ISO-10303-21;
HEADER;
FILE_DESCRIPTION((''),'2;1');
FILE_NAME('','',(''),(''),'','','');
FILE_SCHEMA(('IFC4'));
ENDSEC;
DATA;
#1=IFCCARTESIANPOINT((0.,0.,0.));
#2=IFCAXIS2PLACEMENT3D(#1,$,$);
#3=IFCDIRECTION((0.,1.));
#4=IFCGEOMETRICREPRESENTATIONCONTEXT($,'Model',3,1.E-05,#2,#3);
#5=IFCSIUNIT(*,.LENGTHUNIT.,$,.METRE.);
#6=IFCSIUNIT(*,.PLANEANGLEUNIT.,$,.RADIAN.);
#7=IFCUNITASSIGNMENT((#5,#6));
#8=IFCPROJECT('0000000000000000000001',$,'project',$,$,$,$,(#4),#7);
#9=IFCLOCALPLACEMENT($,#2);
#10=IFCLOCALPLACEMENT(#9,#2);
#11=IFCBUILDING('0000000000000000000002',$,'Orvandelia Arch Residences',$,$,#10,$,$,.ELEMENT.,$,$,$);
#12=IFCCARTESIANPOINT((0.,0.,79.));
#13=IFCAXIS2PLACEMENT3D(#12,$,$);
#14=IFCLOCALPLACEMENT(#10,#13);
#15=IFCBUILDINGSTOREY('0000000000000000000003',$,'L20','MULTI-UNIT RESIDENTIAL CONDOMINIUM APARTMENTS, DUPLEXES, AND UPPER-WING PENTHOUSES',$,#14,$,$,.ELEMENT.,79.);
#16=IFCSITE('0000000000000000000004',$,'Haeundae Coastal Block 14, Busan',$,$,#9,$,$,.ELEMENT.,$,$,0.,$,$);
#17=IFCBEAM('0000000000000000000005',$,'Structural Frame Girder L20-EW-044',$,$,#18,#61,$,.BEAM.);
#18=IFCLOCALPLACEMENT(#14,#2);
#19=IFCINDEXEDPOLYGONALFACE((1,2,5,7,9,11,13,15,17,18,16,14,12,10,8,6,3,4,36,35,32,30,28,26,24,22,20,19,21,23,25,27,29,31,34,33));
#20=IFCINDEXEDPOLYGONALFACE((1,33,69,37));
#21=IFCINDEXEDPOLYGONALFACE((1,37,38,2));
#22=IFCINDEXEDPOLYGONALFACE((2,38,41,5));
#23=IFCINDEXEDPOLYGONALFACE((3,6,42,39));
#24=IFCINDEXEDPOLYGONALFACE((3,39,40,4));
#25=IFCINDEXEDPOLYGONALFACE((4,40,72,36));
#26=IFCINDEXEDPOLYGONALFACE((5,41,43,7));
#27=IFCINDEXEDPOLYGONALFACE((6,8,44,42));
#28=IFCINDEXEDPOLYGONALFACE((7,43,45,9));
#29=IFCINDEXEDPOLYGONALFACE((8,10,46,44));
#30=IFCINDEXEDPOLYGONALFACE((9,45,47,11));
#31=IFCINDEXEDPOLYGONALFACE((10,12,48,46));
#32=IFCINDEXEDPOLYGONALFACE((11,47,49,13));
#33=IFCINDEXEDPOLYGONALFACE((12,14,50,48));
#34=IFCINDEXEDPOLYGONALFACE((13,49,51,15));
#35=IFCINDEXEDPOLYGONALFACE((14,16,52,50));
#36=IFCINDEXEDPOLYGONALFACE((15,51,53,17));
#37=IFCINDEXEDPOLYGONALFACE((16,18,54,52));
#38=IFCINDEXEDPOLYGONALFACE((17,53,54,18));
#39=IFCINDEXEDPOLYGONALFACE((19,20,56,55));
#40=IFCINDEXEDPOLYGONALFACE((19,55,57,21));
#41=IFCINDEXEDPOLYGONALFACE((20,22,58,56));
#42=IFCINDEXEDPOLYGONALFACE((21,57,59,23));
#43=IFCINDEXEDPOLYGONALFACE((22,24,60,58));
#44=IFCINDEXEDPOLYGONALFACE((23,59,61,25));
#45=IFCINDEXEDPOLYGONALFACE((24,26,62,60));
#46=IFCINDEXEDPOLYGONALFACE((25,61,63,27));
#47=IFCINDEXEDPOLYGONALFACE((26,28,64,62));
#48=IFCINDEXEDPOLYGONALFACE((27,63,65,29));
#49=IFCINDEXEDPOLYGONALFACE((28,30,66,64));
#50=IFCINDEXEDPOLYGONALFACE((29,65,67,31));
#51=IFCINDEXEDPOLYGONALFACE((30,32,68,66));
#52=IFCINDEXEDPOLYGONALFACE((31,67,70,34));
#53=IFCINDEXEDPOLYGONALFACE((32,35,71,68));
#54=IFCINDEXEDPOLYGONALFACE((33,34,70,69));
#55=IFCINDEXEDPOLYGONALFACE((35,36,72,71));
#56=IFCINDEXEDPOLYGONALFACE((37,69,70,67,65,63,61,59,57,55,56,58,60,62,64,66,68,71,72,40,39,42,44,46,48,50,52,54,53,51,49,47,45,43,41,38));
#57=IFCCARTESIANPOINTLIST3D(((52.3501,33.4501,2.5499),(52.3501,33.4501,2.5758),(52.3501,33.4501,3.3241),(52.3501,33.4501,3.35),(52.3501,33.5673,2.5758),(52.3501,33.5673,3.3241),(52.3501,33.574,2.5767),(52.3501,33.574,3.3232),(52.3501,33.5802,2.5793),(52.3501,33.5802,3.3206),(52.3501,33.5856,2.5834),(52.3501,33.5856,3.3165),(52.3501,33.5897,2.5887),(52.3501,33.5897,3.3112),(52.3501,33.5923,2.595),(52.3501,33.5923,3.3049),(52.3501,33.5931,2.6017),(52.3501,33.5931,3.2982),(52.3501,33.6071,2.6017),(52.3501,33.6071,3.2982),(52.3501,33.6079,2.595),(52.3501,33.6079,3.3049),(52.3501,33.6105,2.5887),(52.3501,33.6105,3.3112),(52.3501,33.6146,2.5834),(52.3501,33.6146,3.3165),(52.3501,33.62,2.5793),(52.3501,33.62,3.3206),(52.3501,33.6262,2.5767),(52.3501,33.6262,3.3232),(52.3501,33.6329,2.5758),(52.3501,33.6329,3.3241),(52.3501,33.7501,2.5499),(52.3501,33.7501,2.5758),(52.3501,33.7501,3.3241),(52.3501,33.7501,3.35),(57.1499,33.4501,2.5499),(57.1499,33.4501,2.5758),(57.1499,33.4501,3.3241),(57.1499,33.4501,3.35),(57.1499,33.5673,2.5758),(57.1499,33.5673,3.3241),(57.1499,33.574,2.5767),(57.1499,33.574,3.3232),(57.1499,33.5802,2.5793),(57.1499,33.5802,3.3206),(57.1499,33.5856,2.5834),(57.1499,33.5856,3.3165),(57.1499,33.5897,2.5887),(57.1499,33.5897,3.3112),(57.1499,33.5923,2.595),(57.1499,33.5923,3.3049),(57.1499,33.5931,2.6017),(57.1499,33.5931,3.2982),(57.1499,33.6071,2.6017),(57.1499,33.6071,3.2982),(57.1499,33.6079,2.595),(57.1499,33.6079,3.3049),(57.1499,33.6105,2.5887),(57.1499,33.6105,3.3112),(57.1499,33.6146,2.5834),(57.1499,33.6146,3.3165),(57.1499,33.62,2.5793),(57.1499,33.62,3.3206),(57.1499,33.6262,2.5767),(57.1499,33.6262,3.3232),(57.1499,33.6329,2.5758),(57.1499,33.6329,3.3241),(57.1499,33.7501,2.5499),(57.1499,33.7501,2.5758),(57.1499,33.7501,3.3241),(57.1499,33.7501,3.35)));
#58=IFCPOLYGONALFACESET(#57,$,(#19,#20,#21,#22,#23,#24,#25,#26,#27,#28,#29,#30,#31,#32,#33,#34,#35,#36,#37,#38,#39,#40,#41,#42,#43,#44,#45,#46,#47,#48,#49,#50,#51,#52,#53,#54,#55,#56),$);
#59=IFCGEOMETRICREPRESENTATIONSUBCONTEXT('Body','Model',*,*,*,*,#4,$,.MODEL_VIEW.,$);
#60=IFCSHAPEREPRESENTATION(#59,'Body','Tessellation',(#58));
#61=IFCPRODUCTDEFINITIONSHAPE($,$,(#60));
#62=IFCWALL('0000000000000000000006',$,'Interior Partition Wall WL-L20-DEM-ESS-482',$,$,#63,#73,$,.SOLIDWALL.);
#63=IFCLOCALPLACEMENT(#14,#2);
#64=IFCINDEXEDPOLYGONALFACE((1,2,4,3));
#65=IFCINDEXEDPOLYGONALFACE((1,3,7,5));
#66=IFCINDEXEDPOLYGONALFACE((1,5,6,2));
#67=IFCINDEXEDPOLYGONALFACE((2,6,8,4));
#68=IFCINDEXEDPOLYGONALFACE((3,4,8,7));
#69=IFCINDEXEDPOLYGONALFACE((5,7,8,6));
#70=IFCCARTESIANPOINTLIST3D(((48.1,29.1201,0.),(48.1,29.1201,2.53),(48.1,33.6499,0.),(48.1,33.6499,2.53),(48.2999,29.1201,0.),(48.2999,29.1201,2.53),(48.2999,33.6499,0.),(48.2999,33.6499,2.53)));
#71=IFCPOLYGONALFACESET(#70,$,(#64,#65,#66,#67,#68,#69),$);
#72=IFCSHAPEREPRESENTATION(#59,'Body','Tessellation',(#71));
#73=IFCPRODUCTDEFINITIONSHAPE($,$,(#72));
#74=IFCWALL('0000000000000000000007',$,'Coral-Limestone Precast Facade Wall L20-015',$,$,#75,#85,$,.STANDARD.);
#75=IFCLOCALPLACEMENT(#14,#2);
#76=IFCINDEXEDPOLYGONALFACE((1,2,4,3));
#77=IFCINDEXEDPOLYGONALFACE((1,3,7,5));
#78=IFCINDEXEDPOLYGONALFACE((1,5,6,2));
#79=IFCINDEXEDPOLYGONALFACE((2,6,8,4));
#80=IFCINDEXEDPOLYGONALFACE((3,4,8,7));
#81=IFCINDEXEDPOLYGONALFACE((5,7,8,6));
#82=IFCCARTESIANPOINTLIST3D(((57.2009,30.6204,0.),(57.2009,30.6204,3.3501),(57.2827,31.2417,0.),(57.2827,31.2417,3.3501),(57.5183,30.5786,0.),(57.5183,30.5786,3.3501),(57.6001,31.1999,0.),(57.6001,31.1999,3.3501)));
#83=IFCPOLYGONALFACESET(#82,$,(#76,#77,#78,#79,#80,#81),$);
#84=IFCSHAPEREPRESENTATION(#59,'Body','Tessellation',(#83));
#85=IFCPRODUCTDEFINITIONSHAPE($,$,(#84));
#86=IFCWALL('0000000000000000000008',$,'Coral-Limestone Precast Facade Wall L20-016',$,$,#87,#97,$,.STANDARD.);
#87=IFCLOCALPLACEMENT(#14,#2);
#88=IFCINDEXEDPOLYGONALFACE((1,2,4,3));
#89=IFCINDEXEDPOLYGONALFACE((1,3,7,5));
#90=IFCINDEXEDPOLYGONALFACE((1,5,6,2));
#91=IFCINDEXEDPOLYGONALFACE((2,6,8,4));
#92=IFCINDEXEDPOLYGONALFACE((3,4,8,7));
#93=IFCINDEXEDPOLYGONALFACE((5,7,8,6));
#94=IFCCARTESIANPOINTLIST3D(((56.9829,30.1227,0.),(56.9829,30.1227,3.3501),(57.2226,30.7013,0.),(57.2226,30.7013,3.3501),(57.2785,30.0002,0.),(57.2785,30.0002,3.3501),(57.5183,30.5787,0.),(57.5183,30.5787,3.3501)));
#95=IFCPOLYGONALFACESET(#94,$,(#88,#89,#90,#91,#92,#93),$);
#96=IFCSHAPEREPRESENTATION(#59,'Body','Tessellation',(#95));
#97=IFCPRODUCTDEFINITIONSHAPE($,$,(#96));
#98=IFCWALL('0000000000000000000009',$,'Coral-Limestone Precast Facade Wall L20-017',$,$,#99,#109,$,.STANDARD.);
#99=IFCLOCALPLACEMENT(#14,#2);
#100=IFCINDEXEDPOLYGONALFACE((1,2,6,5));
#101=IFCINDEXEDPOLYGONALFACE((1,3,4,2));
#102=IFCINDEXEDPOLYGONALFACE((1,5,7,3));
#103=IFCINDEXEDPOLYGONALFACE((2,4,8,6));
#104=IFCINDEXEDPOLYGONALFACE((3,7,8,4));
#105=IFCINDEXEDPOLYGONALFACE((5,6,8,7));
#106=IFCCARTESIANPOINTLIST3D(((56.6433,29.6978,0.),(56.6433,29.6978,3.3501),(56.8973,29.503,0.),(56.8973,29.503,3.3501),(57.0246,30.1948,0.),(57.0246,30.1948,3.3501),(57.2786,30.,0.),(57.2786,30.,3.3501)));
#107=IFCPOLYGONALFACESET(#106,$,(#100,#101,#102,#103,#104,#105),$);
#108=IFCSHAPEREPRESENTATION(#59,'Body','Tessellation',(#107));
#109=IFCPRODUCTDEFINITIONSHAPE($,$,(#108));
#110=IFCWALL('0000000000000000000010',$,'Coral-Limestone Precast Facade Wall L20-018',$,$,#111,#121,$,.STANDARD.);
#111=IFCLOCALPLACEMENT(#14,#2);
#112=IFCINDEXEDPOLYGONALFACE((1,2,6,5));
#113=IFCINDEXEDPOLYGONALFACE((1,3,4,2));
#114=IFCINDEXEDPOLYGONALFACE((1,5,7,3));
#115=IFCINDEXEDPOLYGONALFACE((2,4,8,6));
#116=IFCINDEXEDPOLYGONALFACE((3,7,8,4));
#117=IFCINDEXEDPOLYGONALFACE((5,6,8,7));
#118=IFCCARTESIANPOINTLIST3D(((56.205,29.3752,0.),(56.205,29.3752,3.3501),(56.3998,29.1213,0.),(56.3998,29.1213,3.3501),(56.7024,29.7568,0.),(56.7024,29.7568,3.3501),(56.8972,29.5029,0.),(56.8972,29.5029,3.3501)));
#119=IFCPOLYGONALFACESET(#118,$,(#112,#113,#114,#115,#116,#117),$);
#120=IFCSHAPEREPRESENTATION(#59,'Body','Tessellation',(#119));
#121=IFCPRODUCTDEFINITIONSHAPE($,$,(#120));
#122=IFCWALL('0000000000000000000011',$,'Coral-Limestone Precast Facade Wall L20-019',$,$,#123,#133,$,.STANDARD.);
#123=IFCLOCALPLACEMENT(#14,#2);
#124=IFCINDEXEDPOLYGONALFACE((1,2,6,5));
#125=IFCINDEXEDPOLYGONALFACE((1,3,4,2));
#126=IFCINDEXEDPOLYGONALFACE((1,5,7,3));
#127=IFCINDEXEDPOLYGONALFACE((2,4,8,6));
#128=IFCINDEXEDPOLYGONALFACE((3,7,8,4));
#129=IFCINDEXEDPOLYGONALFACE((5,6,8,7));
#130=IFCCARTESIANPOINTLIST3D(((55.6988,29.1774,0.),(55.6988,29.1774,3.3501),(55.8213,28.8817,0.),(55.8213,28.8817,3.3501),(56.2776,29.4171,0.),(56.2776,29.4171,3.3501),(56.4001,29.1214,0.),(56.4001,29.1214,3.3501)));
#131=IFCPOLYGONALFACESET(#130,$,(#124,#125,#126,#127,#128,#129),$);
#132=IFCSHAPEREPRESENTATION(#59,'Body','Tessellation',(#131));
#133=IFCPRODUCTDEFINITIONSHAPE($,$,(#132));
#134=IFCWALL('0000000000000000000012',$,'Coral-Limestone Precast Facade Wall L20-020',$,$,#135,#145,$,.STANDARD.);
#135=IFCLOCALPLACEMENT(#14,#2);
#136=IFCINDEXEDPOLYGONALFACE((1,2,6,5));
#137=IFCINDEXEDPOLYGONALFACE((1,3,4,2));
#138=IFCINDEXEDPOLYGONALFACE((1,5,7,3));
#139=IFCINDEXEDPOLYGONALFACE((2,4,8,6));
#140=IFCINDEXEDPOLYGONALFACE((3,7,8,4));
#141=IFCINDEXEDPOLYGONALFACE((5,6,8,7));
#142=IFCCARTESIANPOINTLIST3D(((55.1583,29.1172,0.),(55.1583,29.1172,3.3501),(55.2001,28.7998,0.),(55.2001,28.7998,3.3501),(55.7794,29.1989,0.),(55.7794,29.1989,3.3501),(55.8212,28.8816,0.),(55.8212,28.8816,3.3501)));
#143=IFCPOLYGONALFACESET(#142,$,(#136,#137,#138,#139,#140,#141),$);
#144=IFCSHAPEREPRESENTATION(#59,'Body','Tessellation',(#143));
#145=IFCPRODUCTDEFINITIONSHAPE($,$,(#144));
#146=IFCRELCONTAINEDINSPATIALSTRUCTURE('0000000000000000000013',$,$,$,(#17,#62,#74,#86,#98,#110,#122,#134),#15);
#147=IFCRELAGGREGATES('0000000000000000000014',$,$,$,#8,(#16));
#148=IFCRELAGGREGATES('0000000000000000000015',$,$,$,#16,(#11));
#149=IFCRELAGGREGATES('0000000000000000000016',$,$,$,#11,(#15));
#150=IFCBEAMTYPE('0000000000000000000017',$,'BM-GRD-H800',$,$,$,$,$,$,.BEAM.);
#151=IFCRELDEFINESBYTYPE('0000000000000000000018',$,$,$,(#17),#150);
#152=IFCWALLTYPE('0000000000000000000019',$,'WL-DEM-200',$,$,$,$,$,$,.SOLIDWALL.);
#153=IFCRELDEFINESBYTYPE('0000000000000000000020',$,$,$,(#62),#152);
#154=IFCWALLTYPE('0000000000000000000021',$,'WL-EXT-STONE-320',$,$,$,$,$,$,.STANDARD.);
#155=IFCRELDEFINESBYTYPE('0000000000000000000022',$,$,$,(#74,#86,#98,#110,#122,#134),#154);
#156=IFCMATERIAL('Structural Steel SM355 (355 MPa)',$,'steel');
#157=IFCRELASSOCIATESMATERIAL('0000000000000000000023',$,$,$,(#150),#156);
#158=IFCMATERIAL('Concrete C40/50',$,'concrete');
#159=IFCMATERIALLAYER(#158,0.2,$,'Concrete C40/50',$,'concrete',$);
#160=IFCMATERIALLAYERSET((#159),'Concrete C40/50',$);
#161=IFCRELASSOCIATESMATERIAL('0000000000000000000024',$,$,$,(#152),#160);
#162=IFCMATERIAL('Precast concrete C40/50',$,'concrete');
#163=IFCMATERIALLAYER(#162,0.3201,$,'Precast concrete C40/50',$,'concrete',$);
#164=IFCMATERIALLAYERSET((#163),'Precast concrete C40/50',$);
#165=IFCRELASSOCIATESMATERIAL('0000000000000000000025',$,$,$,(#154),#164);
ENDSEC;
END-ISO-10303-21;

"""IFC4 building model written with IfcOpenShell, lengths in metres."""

from ifc_helpers import new_model, si_unit, direction, frame, frame_2d, origin, origin_2d, place, context, subcontext, project, spatial, rectangle, i_section, extrude, material, layer, layer_set, material_profile, profile_set, type_object, element, save


model = new_model("IFC4")

# Units and contexts
model_context = context("Model", 3, precision=1e-05, world=origin(), true_north=direction((0.0, 1.0)))
body_context = subcontext(model_context, "Body", "Model", "MODEL_VIEW")
ifc_project = project(units=[si_unit("LENGTHUNIT", "METRE"), si_unit("PLANEANGLEUNIT", "RADIAN")], contexts=[model_context])

# Site, building, storey
site_placement = place(None, origin())
site = spatial("IfcSite", under=ifc_project, at=site_placement, Name="Haeundae Coastal Block 14, Busan", CompositionType="ELEMENT", RefElevation=0.0)
building_placement = place(site_placement, origin())
building = spatial("IfcBuilding", under=site, at=building_placement, Name="Orvandelia Arch Residences", CompositionType="ELEMENT")
storey_placement = place(building_placement, frame((0.0, 0.0, 79.0)))
storey = spatial("IfcBuildingStorey", under=building, at=storey_placement, Name="L20", Description="MULTI-UNIT RESIDENTIAL CONDOMINIUM APARTMENTS, DUPLEXES, AND UPPER-WING PENTHOUSES", CompositionType="ELEMENT", Elevation=79.0)

# Beam
ifc_material_1 = material(Name="Structural Steel SM355 (355 MPa)", Category="steel")
ifc_material_profile_1 = material_profile(ifc_material_1, i_section(OverallWidth=0.3, OverallDepth=0.8, WebThickness=0.0139, FlangeThickness=0.0259, FilletRadius=0.0259, at=origin_2d()), Name="Structural Steel SM355 (355 MPa)", Category="steel")
ifc_profile_set_1 = profile_set([ifc_material_profile_1], Name="Structural Steel SM355 (355 MPa)")
beam_type = type_object("IfcBeamType", Name="BM-GRD-H800", PredefinedType="BEAM", material=ifc_profile_set_1)
for number, where, z_axis, x_axis, name in (
    (1, (52.3501, 33.6001, 2.95), (1.0, 0.0, 0.0), (0.0, 1.0, 0.0), "Structural Frame Girder L20-EW-044"),
):
    element("IfcBeam", number, at=place(storey_placement, frame(where, z_axis=z_axis, x_axis=x_axis)), inside=storey, type_object=beam_type, Name=name, PredefinedType="BEAM", context=body_context, shape_type="SweptSolid", body=[
        extrude(i_section(OverallWidth=0.3, OverallDepth=0.8, WebThickness=0.0139, FlangeThickness=0.0259, FilletRadius=0.0259, at=origin_2d()), origin(), (0.0, 0.0, 1.0), 4.7998),
    ])

# Walls
ifc_material_2 = material(Name="Concrete C40/50", Category="concrete")
ifc_layer_1 = layer(ifc_material_2, 0.2, Name="Concrete C40/50", Category="concrete")
ifc_layer_set_1 = layer_set([ifc_layer_1], Name="Concrete C40/50")
wall_type_1 = type_object("IfcWallType", Name="WL-DEM-200", PredefinedType="SOLIDWALL", material=ifc_layer_set_1)
wall_1_placement = place(storey_placement, frame((48.2, 29.1201, 0.0), z_axis=(0.0, 0.0, 1.0), x_axis=(0.0, 1.0, 0.0)))
element("IfcWall", 2, at=wall_1_placement, inside=storey, type_object=wall_type_1, Name="Interior Partition Wall WL-L20-DEM-ESS-482", PredefinedType="SOLIDWALL", context=body_context, shape_type="SweptSolid", body=[
    extrude(rectangle(XDim=4.5298, YDim=0.2, at=frame_2d((2.2649, 0.0))), origin(), (0.0, 0.0, 1.0), 2.53),
])
ifc_material_3 = material(Name="Precast concrete C40/50", Category="concrete")
ifc_layer_2 = layer(ifc_material_3, 0.3201, Name="Precast concrete C40/50", Category="concrete")
ifc_layer_set_2 = layer_set([ifc_layer_2], Name="Precast concrete C40/50")
wall_type_2 = type_object("IfcWallType", Name="WL-EXT-STONE-320", PredefinedType="STANDARD", material=ifc_layer_set_2)
wall_2_placement = place(storey_placement, frame((57.4414, 31.2209, 0.0), z_axis=(0.0, 0.0, 1.0), x_axis=(-0.130505, -0.991448, 0.0)))
element("IfcWall", 3, at=wall_2_placement, inside=storey, type_object=wall_type_2, Name="Coral-Limestone Precast Facade Wall L20-015", PredefinedType="STANDARD", context=body_context, shape_type="SweptSolid", body=[
    extrude(rectangle(XDim=0.6267, YDim=0.3201, at=frame_2d((0.3135, 0.0))), origin(), (0.0, 0.0, 1.0), 3.3501),
])
wall_3_placement = place(storey_placement, frame((57.3704, 30.6399, 0.0), z_axis=(0.0, 0.0, 1.0), x_axis=(-0.382788, -0.923836, 0.0)))
element("IfcWall", 4, at=wall_3_placement, inside=storey, type_object=wall_type_2, Name="Coral-Limestone Precast Facade Wall L20-016", PredefinedType="STANDARD", context=body_context, shape_type="SweptSolid", body=[
    extrude(rectangle(XDim=0.6262, YDim=0.3201, at=frame_2d((0.313, 0.0))), origin(), (0.0, 0.0, 1.0), 3.3501),
])
wall_4_placement = place(storey_placement, frame((57.1516, 30.0974, 0.0), z_axis=(0.0, 0.0, 1.0), x_axis=(-0.608693, -0.793406, 0.0)))
element("IfcWall", 5, at=wall_4_placement, inside=storey, type_object=wall_type_2, Name="Coral-Limestone Precast Facade Wall L20-017", PredefinedType="STANDARD", context=body_context, shape_type="SweptSolid", body=[
    extrude(rectangle(XDim=0.6265, YDim=0.3201, at=frame_2d((0.3132, 0.0))), origin(), (0.0, 0.0, 1.0), 3.3501),
])
wall_5_placement = place(storey_placement, frame((56.7998, 29.6299, 0.0), z_axis=(0.0, 0.0, 1.0), x_axis=(-0.793362, -0.60875, 0.0)))
element("IfcWall", 6, at=wall_5_placement, inside=storey, type_object=wall_type_2, Name="Coral-Limestone Precast Facade Wall L20-018", PredefinedType="STANDARD", context=body_context, shape_type="SweptSolid", body=[
    extrude(rectangle(XDim=0.627, YDim=0.3201, at=frame_2d((0.3135, 0.0))), origin(), (0.0, 0.0, 1.0), 3.3501),
])
for number, where, z_axis, x_axis, name in (
    (7, (56.3389, 29.2693, 0.0), (0.0, 0.0, 1.0), (-0.923893, -0.38265, 0.0), "Coral-Limestone Precast Facade Wall L20-019"),
    (8, (55.8003, 29.0403, 0.0), (0.0, 0.0, 1.0), (-0.991441, -0.130555, 0.0), "Coral-Limestone Precast Facade Wall L20-020"),
):
    element("IfcWall", number, at=place(storey_placement, frame(where, z_axis=z_axis, x_axis=x_axis)), inside=storey, type_object=wall_type_2, Name=name, PredefinedType="STANDARD", context=body_context, shape_type="SweptSolid", body=[
        extrude(rectangle(XDim=0.6265, YDim=0.3201, at=frame_2d((0.3132, 0.0))), origin(), (0.0, 0.0, 1.0), 3.3501),
    ])

save(model, "model.ifc")
